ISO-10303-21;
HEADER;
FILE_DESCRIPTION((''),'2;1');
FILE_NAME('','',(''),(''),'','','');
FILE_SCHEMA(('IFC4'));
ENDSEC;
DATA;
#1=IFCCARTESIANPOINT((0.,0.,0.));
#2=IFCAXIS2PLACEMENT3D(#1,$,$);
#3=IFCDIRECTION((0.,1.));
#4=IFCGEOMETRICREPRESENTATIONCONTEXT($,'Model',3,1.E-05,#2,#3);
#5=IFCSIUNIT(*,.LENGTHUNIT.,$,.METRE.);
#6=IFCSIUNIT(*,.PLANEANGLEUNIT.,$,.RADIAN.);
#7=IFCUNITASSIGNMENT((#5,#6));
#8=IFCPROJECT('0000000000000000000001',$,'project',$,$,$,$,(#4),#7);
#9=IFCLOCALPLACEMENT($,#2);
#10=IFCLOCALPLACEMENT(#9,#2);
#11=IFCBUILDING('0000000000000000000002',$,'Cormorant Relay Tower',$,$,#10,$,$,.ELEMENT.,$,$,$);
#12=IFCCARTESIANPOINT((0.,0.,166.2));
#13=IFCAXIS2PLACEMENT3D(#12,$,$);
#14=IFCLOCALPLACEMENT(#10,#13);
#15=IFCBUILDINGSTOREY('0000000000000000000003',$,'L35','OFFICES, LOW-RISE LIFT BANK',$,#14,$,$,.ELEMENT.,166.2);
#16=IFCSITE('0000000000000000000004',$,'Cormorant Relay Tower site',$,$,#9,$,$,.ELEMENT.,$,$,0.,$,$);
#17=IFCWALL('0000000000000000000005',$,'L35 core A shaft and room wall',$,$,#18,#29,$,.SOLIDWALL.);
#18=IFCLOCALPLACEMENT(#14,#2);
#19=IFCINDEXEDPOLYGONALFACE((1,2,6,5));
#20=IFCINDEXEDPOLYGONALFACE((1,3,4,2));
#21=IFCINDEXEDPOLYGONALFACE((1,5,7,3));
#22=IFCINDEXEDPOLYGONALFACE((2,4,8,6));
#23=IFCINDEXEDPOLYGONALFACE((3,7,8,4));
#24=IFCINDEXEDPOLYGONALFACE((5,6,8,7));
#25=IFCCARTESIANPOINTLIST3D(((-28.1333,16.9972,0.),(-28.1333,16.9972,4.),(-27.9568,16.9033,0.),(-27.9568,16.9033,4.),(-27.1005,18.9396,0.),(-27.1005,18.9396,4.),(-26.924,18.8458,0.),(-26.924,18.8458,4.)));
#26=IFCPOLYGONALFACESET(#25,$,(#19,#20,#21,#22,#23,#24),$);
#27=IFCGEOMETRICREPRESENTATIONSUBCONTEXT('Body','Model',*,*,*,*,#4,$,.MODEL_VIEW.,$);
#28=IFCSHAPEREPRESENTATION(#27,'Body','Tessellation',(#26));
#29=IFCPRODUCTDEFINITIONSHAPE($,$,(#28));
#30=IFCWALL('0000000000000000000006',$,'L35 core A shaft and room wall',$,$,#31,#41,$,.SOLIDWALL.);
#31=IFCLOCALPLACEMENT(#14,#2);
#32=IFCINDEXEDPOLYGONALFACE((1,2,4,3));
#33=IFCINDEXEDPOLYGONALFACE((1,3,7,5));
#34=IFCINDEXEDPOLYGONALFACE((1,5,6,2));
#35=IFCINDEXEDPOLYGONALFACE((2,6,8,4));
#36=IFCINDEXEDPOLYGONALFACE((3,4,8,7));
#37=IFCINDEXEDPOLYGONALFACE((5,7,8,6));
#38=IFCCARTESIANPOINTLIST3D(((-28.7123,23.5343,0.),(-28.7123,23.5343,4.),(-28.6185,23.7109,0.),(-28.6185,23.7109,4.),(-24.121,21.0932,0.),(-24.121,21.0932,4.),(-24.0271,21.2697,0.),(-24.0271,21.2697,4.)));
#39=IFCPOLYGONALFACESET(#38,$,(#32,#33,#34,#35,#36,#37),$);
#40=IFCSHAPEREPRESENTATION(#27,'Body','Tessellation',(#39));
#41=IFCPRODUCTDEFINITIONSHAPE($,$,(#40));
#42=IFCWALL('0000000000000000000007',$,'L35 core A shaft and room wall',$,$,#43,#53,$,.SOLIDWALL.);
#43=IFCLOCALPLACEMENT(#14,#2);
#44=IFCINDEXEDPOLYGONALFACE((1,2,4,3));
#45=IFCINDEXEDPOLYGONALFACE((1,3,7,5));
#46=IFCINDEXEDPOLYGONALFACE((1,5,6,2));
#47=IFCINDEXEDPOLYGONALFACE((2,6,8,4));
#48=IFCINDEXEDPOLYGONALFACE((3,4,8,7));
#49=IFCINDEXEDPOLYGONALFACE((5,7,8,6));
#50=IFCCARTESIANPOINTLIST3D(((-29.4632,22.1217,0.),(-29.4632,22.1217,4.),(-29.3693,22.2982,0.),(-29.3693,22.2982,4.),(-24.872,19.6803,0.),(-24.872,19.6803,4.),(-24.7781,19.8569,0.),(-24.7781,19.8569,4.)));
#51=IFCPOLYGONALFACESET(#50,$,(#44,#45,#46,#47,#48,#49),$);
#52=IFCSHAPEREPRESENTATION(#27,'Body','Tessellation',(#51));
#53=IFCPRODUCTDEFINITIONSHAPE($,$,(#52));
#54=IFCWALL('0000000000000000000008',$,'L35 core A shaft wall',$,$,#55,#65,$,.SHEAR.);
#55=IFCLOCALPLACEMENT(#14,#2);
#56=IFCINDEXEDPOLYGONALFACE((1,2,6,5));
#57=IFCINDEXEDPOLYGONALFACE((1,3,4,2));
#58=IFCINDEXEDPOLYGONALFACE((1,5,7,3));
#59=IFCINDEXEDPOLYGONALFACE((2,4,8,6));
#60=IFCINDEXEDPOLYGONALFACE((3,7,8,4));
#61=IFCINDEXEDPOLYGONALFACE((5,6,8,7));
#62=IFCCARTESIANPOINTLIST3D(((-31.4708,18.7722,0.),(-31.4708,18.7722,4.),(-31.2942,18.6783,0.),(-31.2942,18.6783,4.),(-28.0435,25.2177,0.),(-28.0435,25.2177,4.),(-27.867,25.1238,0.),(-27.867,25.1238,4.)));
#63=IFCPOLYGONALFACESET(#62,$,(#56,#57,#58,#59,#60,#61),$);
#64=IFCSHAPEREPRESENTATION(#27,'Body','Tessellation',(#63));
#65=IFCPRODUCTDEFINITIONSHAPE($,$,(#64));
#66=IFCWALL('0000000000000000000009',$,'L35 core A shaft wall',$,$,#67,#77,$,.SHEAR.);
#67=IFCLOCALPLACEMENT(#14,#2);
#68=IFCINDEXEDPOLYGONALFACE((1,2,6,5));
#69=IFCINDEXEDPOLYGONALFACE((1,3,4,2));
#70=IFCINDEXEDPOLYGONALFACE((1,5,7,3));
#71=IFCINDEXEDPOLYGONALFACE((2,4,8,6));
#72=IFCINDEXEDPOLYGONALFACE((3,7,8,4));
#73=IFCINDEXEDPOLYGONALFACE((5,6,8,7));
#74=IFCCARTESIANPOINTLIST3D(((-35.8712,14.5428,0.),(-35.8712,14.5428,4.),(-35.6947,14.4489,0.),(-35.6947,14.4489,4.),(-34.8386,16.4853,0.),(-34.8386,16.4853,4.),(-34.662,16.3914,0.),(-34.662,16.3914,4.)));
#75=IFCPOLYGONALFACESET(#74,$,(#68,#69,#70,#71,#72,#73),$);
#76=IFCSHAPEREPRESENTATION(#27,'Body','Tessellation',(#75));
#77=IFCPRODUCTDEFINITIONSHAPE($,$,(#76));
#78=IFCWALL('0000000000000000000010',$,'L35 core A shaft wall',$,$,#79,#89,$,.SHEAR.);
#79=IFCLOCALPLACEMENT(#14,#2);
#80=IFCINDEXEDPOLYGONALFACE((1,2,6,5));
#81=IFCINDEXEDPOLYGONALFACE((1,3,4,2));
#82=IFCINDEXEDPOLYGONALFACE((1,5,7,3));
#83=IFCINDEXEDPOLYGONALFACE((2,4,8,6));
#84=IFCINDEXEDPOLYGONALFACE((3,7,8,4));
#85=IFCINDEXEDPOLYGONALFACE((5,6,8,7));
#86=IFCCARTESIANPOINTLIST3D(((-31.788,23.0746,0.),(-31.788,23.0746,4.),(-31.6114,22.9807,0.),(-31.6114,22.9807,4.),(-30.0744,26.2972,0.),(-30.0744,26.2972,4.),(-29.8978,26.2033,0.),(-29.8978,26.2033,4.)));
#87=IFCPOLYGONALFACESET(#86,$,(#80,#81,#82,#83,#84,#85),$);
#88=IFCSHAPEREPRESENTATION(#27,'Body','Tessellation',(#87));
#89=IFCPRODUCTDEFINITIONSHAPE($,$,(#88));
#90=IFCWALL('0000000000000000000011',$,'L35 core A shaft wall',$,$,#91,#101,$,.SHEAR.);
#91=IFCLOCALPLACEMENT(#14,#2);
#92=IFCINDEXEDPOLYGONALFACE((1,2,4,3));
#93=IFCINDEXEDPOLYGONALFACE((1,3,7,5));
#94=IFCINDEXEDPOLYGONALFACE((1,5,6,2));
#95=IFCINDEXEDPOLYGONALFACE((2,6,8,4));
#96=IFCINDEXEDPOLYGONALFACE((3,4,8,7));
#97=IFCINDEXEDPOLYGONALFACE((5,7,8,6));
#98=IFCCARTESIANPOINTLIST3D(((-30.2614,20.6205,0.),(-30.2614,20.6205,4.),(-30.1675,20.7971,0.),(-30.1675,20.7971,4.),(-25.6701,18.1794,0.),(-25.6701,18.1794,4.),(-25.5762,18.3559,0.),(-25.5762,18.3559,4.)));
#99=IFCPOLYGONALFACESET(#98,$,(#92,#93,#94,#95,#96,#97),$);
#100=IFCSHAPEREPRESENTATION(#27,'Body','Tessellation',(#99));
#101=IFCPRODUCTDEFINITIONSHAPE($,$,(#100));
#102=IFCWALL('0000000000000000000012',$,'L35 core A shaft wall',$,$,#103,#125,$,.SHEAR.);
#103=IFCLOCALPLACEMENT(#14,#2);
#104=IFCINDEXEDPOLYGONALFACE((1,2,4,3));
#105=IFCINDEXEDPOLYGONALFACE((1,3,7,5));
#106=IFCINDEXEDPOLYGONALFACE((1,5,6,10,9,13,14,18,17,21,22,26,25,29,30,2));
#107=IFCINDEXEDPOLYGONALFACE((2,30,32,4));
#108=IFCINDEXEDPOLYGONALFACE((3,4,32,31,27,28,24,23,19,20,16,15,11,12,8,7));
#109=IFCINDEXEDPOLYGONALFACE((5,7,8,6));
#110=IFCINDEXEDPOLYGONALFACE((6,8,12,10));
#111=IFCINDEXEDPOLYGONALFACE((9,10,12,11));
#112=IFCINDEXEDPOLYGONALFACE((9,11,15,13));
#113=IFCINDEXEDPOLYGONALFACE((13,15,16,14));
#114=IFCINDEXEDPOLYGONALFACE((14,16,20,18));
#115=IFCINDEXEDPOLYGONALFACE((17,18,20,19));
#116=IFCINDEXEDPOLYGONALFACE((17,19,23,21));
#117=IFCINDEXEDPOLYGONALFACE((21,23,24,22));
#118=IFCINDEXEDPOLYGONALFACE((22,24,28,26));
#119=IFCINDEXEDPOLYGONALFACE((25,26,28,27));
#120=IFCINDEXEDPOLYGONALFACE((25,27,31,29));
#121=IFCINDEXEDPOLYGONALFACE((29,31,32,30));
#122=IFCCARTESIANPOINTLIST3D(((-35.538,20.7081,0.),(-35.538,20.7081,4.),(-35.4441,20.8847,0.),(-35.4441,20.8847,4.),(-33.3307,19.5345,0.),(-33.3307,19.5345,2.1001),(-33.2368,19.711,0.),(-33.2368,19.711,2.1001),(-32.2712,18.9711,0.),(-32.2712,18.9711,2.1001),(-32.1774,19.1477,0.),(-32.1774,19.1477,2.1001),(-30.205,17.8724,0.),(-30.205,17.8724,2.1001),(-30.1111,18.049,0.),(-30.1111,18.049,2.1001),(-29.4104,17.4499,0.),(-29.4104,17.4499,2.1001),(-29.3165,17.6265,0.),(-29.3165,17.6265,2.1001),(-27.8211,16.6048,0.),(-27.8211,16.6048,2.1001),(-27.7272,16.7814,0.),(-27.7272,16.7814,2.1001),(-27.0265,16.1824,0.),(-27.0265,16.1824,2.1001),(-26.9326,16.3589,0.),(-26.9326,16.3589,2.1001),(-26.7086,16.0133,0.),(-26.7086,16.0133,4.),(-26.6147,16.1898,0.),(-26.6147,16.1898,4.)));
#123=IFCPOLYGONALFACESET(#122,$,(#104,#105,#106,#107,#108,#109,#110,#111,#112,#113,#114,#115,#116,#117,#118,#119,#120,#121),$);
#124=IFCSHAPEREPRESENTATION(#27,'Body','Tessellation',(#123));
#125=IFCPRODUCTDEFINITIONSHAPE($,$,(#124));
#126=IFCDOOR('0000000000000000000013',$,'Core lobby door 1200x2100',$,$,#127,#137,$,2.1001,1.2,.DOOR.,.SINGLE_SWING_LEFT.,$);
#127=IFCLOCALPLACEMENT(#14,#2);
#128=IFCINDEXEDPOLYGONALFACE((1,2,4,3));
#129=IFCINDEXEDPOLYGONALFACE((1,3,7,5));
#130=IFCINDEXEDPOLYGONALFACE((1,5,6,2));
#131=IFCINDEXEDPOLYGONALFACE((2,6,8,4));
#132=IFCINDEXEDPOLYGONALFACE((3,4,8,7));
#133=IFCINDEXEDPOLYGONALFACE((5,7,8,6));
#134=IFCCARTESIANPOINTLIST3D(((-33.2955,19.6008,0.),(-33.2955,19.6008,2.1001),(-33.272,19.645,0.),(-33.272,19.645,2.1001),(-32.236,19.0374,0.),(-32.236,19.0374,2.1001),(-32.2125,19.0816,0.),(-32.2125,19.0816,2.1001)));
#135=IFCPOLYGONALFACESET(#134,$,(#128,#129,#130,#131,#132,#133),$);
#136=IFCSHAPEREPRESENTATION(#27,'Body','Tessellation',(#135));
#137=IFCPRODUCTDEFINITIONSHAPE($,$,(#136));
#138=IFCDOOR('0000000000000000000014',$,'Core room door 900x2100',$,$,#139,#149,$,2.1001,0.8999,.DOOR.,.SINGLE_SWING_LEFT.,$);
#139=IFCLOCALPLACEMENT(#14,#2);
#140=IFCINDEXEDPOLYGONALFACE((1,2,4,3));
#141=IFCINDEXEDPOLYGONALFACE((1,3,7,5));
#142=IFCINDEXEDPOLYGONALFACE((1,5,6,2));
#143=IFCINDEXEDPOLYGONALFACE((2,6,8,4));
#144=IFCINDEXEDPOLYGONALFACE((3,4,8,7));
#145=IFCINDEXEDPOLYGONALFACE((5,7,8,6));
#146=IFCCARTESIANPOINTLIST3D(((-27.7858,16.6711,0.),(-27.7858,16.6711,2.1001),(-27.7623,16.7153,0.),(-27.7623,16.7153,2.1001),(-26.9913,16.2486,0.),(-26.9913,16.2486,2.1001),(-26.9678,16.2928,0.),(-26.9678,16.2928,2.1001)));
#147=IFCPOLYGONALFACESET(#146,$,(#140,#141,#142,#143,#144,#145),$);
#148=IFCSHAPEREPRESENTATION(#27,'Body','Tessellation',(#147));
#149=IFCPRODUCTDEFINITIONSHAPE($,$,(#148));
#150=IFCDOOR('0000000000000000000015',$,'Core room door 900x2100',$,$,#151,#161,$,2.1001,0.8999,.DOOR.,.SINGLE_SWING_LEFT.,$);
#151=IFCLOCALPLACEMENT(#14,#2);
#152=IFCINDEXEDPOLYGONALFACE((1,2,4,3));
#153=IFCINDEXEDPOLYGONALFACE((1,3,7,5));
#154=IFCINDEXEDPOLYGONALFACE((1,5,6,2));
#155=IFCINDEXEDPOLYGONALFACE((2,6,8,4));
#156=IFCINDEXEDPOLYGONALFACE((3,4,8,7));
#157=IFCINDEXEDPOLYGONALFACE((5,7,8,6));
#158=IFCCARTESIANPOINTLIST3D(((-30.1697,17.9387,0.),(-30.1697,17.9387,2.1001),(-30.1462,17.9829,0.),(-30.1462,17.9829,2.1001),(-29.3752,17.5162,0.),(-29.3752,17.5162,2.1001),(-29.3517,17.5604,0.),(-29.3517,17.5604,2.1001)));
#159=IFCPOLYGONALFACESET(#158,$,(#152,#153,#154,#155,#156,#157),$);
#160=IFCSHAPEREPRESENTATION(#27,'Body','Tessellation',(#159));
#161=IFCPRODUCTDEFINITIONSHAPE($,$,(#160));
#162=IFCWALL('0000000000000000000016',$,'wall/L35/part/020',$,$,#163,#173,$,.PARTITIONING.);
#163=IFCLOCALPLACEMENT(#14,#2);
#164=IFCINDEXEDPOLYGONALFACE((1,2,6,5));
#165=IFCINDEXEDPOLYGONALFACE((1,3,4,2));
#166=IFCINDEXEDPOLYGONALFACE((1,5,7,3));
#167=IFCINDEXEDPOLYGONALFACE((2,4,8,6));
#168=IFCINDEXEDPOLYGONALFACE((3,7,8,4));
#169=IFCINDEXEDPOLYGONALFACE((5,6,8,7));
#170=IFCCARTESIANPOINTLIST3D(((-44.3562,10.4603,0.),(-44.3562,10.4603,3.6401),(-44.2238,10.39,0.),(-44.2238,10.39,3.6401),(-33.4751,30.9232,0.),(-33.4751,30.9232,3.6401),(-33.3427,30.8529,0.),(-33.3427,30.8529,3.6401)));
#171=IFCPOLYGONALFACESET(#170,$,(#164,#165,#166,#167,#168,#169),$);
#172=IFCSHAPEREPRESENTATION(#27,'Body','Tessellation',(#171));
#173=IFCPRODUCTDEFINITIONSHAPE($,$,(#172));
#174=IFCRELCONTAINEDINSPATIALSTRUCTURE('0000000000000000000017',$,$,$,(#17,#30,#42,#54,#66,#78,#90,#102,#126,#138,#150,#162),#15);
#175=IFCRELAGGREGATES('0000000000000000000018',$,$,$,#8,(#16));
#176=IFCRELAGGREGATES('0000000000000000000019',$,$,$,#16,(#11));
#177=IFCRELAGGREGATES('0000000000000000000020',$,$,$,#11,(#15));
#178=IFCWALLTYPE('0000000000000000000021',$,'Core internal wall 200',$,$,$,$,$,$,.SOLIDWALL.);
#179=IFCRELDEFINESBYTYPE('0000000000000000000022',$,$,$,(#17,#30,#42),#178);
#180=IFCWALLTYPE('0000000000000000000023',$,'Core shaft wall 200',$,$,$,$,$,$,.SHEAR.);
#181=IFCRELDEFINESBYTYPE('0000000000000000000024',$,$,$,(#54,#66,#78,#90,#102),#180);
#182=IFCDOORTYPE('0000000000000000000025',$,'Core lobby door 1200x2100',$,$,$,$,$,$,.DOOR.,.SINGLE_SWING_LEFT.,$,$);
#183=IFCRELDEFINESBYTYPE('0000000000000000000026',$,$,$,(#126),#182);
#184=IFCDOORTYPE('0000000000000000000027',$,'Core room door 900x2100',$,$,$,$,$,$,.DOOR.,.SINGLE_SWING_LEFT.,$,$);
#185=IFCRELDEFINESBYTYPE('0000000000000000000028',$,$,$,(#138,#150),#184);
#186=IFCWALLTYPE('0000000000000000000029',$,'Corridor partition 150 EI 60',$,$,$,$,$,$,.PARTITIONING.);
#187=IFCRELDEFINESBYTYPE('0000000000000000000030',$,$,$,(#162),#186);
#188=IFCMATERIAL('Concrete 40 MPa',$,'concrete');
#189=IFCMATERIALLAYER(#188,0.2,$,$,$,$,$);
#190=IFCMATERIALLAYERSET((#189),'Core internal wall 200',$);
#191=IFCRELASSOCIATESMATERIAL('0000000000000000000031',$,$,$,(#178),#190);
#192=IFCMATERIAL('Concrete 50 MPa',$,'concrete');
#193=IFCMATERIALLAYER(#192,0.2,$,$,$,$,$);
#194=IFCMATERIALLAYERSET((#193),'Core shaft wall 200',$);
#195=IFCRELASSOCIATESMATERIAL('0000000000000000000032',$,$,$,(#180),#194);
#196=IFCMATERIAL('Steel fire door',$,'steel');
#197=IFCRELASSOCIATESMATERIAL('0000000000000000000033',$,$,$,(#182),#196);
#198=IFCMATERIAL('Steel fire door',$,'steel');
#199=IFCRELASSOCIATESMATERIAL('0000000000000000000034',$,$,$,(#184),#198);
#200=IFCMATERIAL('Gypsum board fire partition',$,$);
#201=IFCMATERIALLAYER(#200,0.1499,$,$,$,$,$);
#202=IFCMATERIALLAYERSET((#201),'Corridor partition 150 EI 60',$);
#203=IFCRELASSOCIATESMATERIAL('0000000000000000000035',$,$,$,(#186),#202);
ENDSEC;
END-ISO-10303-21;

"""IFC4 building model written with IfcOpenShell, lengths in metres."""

from ifc_helpers import new_model, si_unit, direction, frame, frame_2d, origin, place, context, subcontext, project, spatial, rectangle, extrude, material, layer, layer_set, type_object, element, fill, save


model = new_model("IFC4")

# Units and contexts
model_context = context("Model", 3, precision=1e-05, world=origin(), true_north=direction((0.0, 1.0)))
body_context = subcontext(model_context, "Body", "Model", "MODEL_VIEW")
ifc_project = project(units=[si_unit("LENGTHUNIT", "METRE"), si_unit("PLANEANGLEUNIT", "RADIAN")], contexts=[model_context])

# Site, building, storey
site_placement = place(None, origin())
site = spatial("IfcSite", under=ifc_project, at=site_placement, Name="Cormorant Relay Tower site", CompositionType="ELEMENT", RefElevation=0.0)
building_placement = place(site_placement, origin())
building = spatial("IfcBuilding", under=site, at=building_placement, Name="Cormorant Relay Tower", CompositionType="ELEMENT")
storey_placement = place(building_placement, frame((0.0, 0.0, 166.2)))
storey = spatial("IfcBuildingStorey", under=building, at=storey_placement, Name="L35", Description="OFFICES, LOW-RISE LIFT BANK", CompositionType="ELEMENT", Elevation=166.2)

# Walls
ifc_material_1 = material(Name="Concrete 40 MPa", Category="concrete")
ifc_layer_1 = layer(ifc_material_1, 0.2)
ifc_layer_set_1 = layer_set([ifc_layer_1], Name="Core internal wall 200")
wall_type_1 = type_object("IfcWallType", Name="Core internal wall 200", PredefinedType="SOLIDWALL", material=ifc_layer_set_1)
wall_1_placement = place(storey_placement, frame((-27.0122, 18.8928, 0.0), z_axis=(0.0, 0.0, 1.0), x_axis=(-0.469447, -0.88296, 0.0)))
element("IfcWall", 1, at=wall_1_placement, inside=storey, type_object=wall_type_1, Name="L35 core A shaft and room wall", PredefinedType="SOLIDWALL", context=body_context, shape_type="SweptSolid", body=[
    extrude(rectangle(XDim=2.2, YDim=0.2, at=frame_2d((1.1001, 0.0))), origin(), (0.0, 0.0, 1.0), 4.0),
])
for number, where, z_axis, x_axis, name in (
    (2, (-24.074, 21.1814, 0.0), (0.0, 0.0, 1.0), (-0.882954, 0.46946, 0.0), "L35 core A shaft and room wall"),
    (3, (-24.825, 19.7686, 0.0), (0.0, 0.0, 1.0), (-0.882935, 0.469496, 0.0), "L35 core A shaft and room wall"),
):
    element("IfcWall", number, at=place(storey_placement, frame(where, z_axis=z_axis, x_axis=x_axis)), inside=storey, type_object=wall_type_1, Name=name, PredefinedType="SOLIDWALL", context=body_context, shape_type="SweptSolid", body=[
        extrude(rectangle(XDim=5.2, YDim=0.2, at=frame_2d((2.6001, 0.0))), origin(), (0.0, 0.0, 1.0), 4.0),
    ])
ifc_material_2 = material(Name="Concrete 50 MPa", Category="concrete")
ifc_layer_2 = layer(ifc_material_2, 0.2)
ifc_layer_set_2 = layer_set([ifc_layer_2], Name="Core shaft wall 200")
wall_type_2 = type_object("IfcWallType", Name="Core shaft wall 200", PredefinedType="SHEAR", material=ifc_layer_set_2)
wall_2_placement = place(storey_placement, frame((-27.9553, 25.1707, 0.0), z_axis=(0.0, 0.0, 1.0), x_axis=(-0.46948, -0.882943, 0.0)))
element("IfcWall", 4, at=wall_2_placement, inside=storey, type_object=wall_type_2, Name="L35 core A shaft wall", PredefinedType="SHEAR", context=body_context, shape_type="SweptSolid", body=[
    extrude(rectangle(XDim=7.3, YDim=0.2, at=frame_2d((3.6499, 0.0))), origin(), (0.0, 0.0, 1.0), 4.0),
])
wall_3_placement = place(storey_placement, frame((-34.7502, 16.4385, 0.0), z_axis=(0.0, 0.0, 1.0), x_axis=(-0.469401, -0.882985, 0.0)))
element("IfcWall", 5, at=wall_3_placement, inside=storey, type_object=wall_type_2, Name="L35 core A shaft wall", PredefinedType="SHEAR", context=body_context, shape_type="SweptSolid", body=[
    extrude(rectangle(XDim=2.2, YDim=0.2, at=frame_2d((1.1001, 0.0))), origin(), (0.0, 0.0, 1.0), 4.0),
])
wall_4_placement = place(storey_placement, frame((-29.9861, 26.2502, 0.0), z_axis=(0.0, 0.0, 1.0), x_axis=(-0.469494, -0.882936, 0.0)))
element("IfcWall", 6, at=wall_4_placement, inside=storey, type_object=wall_type_2, Name="L35 core A shaft wall", PredefinedType="SHEAR", context=body_context, shape_type="SweptSolid", body=[
    extrude(rectangle(XDim=3.6499, YDim=0.2, at=frame_2d((1.825, 0.0))), origin(), (0.0, 0.0, 1.0), 4.0),
])

# Wall
wall_5_placement = place(storey_placement, frame((-25.623, 18.2676, 0.0), z_axis=(0.0, 0.0, 1.0), x_axis=(-0.882954, 0.46946, 0.0)))
element("IfcWall", 7, at=wall_5_placement, inside=storey, type_object=wall_type_2, Name="L35 core A shaft wall", PredefinedType="SHEAR", context=body_context, shape_type="SweptSolid", body=[
    extrude(rectangle(XDim=5.2, YDim=0.2, at=frame_2d((2.6001, 0.0))), origin(), (0.0, 0.0, 1.0), 4.0),
])

# Wall, openings, doors
wall_6_placement = place(storey_placement, frame((-26.6616, 16.1016, 0.0), z_axis=(0.0, 0.0, 1.0), x_axis=(-0.88294, 0.469485, 0.0)))
wall_6 = element("IfcWall", 8, at=wall_6_placement, inside=storey, type_object=wall_type_2, Name="L35 core A shaft wall", PredefinedType="SHEAR", context=body_context, shape_type="SweptSolid", body=[
    extrude(rectangle(XDim=10.0, YDim=0.2, at=frame_2d((5.0, 0.0))), origin(), (0.0, 0.0, 1.0), 4.0),
])
opening_1_placement = place(wall_6_placement, frame((6.3, 0.0, 0.0)))
opening_1 = element("IfcOpeningElement", 9, at=opening_1_placement, cuts=wall_6, PredefinedType="OPENING", context=body_context, shape_type="SweptSolid", body=[
    extrude(rectangle(XDim=1.2, YDim=2.1001, at=frame_2d((0.6001, 1.05))), frame((0.0, 0.1099, 0.0), z_axis=(0.0, -1.0, 0.0), x_axis=(1.0, 0.0, 0.0)), (0.0, 0.0, 1.0), 0.22),
])
opening_2_placement = place(wall_6_placement, frame((0.3601, 0.0, 0.0)))
opening_2 = element("IfcOpeningElement", 10, at=opening_2_placement, cuts=wall_6, PredefinedType="OPENING", context=body_context, shape_type="SweptSolid", body=[
    extrude(rectangle(XDim=0.8999, YDim=2.1001, at=frame_2d((0.45, 1.05))), frame((0.0, 0.1099, 0.0), z_axis=(0.0, -1.0, 0.0), x_axis=(1.0, 0.0, 0.0)), (0.0, 0.0, 1.0), 0.22),
])
opening_3_placement = place(wall_6_placement, frame((3.0601, 0.0, 0.0)))
opening_3 = element("IfcOpeningElement", 11, at=opening_3_placement, cuts=wall_6, PredefinedType="OPENING", context=body_context, shape_type="SweptSolid", body=[
    extrude(rectangle(XDim=0.8999, YDim=2.1001, at=frame_2d((0.45, 1.05))), frame((0.0, 0.1099, 0.0), z_axis=(0.0, -1.0, 0.0), x_axis=(1.0, 0.0, 0.0)), (0.0, 0.0, 1.0), 0.22),
])
ifc_material_3 = material(Name="Steel fire door", Category="steel")
door_type_1 = type_object("IfcDoorType", Name="Core lobby door 1200x2100", OperationType="SINGLE_SWING_LEFT", PredefinedType="DOOR", material=ifc_material_3)
door_1_placement = place(opening_1_placement, origin())
door_1 = element("IfcDoor", 12, at=door_1_placement, inside=storey, type_object=door_type_1, Name="Core lobby door 1200x2100", OperationType="SINGLE_SWING_LEFT", OverallHeight=2.1001, OverallWidth=1.2, PredefinedType="DOOR", context=body_context, shape_type="SweptSolid", body=[
    extrude(rectangle(XDim=1.2, YDim=2.1001, at=frame_2d((0.6001, 1.05))), frame((0.0, 0.0249, 0.0), z_axis=(0.0, -1.0, 0.0), x_axis=(1.0, 0.0, 0.0)), (0.0, 0.0, 1.0), 0.05),
])
fill(opening_1, door_1)
ifc_material_4 = material(Name="Steel fire door", Category="steel")
door_type_2 = type_object("IfcDoorType", Name="Core room door 900x2100", OperationType="SINGLE_SWING_LEFT", PredefinedType="DOOR", material=ifc_material_4)
door_2_placement = place(opening_2_placement, origin())
door_2 = element("IfcDoor", 13, at=door_2_placement, inside=storey, type_object=door_type_2, Name="Core room door 900x2100", OperationType="SINGLE_SWING_LEFT", OverallHeight=2.1001, OverallWidth=0.8999, PredefinedType="DOOR", context=body_context, shape_type="SweptSolid", body=[
    extrude(rectangle(XDim=0.8999, YDim=2.1001, at=frame_2d((0.45, 1.05))), frame((0.0, 0.0249, 0.0), z_axis=(0.0, -1.0, 0.0), x_axis=(1.0, 0.0, 0.0)), (0.0, 0.0, 1.0), 0.05),
])
fill(opening_2, door_2)
door_3_placement = place(opening_3_placement, origin())
door_3 = element("IfcDoor", 14, at=door_3_placement, inside=storey, type_object=door_type_2, Name="Core room door 900x2100", OperationType="SINGLE_SWING_LEFT", OverallHeight=2.1001, OverallWidth=0.8999, PredefinedType="DOOR", context=body_context, shape_type="SweptSolid", body=[
    extrude(rectangle(XDim=0.8999, YDim=2.1001, at=frame_2d((0.45, 1.05))), frame((0.0, 0.0249, 0.0), z_axis=(0.0, -1.0, 0.0), x_axis=(1.0, 0.0, 0.0)), (0.0, 0.0, 1.0), 0.05),
])
fill(opening_3, door_3)

# Wall
ifc_material_5 = material(Name="Gypsum board fire partition")
ifc_layer_3 = layer(ifc_material_5, 0.1499)
ifc_layer_set_3 = layer_set([ifc_layer_3], Name="Corridor partition 150 EI 60")
wall_type_3 = type_object("IfcWallType", Name="Corridor partition 150 EI 60", PredefinedType="PARTITIONING", material=ifc_layer_set_3)
wall_7_placement = place(storey_placement, frame((-33.4089, 30.8879, 0.0), z_axis=(0.0, 0.0, 1.0), x_axis=(-0.469498, -0.882933, 0.0)))
element("IfcWall", 15, at=wall_7_placement, inside=storey, type_object=wall_type_3, Name="wall/L35/part/020", PredefinedType="PARTITIONING", context=body_context, shape_type="SweptSolid", body=[
    extrude(rectangle(XDim=23.176, YDim=0.1499, at=frame_2d((11.5879, 0.0))), origin(), (0.0, 0.0, 1.0), 3.6401),
])

save(model, "model.ifc")
